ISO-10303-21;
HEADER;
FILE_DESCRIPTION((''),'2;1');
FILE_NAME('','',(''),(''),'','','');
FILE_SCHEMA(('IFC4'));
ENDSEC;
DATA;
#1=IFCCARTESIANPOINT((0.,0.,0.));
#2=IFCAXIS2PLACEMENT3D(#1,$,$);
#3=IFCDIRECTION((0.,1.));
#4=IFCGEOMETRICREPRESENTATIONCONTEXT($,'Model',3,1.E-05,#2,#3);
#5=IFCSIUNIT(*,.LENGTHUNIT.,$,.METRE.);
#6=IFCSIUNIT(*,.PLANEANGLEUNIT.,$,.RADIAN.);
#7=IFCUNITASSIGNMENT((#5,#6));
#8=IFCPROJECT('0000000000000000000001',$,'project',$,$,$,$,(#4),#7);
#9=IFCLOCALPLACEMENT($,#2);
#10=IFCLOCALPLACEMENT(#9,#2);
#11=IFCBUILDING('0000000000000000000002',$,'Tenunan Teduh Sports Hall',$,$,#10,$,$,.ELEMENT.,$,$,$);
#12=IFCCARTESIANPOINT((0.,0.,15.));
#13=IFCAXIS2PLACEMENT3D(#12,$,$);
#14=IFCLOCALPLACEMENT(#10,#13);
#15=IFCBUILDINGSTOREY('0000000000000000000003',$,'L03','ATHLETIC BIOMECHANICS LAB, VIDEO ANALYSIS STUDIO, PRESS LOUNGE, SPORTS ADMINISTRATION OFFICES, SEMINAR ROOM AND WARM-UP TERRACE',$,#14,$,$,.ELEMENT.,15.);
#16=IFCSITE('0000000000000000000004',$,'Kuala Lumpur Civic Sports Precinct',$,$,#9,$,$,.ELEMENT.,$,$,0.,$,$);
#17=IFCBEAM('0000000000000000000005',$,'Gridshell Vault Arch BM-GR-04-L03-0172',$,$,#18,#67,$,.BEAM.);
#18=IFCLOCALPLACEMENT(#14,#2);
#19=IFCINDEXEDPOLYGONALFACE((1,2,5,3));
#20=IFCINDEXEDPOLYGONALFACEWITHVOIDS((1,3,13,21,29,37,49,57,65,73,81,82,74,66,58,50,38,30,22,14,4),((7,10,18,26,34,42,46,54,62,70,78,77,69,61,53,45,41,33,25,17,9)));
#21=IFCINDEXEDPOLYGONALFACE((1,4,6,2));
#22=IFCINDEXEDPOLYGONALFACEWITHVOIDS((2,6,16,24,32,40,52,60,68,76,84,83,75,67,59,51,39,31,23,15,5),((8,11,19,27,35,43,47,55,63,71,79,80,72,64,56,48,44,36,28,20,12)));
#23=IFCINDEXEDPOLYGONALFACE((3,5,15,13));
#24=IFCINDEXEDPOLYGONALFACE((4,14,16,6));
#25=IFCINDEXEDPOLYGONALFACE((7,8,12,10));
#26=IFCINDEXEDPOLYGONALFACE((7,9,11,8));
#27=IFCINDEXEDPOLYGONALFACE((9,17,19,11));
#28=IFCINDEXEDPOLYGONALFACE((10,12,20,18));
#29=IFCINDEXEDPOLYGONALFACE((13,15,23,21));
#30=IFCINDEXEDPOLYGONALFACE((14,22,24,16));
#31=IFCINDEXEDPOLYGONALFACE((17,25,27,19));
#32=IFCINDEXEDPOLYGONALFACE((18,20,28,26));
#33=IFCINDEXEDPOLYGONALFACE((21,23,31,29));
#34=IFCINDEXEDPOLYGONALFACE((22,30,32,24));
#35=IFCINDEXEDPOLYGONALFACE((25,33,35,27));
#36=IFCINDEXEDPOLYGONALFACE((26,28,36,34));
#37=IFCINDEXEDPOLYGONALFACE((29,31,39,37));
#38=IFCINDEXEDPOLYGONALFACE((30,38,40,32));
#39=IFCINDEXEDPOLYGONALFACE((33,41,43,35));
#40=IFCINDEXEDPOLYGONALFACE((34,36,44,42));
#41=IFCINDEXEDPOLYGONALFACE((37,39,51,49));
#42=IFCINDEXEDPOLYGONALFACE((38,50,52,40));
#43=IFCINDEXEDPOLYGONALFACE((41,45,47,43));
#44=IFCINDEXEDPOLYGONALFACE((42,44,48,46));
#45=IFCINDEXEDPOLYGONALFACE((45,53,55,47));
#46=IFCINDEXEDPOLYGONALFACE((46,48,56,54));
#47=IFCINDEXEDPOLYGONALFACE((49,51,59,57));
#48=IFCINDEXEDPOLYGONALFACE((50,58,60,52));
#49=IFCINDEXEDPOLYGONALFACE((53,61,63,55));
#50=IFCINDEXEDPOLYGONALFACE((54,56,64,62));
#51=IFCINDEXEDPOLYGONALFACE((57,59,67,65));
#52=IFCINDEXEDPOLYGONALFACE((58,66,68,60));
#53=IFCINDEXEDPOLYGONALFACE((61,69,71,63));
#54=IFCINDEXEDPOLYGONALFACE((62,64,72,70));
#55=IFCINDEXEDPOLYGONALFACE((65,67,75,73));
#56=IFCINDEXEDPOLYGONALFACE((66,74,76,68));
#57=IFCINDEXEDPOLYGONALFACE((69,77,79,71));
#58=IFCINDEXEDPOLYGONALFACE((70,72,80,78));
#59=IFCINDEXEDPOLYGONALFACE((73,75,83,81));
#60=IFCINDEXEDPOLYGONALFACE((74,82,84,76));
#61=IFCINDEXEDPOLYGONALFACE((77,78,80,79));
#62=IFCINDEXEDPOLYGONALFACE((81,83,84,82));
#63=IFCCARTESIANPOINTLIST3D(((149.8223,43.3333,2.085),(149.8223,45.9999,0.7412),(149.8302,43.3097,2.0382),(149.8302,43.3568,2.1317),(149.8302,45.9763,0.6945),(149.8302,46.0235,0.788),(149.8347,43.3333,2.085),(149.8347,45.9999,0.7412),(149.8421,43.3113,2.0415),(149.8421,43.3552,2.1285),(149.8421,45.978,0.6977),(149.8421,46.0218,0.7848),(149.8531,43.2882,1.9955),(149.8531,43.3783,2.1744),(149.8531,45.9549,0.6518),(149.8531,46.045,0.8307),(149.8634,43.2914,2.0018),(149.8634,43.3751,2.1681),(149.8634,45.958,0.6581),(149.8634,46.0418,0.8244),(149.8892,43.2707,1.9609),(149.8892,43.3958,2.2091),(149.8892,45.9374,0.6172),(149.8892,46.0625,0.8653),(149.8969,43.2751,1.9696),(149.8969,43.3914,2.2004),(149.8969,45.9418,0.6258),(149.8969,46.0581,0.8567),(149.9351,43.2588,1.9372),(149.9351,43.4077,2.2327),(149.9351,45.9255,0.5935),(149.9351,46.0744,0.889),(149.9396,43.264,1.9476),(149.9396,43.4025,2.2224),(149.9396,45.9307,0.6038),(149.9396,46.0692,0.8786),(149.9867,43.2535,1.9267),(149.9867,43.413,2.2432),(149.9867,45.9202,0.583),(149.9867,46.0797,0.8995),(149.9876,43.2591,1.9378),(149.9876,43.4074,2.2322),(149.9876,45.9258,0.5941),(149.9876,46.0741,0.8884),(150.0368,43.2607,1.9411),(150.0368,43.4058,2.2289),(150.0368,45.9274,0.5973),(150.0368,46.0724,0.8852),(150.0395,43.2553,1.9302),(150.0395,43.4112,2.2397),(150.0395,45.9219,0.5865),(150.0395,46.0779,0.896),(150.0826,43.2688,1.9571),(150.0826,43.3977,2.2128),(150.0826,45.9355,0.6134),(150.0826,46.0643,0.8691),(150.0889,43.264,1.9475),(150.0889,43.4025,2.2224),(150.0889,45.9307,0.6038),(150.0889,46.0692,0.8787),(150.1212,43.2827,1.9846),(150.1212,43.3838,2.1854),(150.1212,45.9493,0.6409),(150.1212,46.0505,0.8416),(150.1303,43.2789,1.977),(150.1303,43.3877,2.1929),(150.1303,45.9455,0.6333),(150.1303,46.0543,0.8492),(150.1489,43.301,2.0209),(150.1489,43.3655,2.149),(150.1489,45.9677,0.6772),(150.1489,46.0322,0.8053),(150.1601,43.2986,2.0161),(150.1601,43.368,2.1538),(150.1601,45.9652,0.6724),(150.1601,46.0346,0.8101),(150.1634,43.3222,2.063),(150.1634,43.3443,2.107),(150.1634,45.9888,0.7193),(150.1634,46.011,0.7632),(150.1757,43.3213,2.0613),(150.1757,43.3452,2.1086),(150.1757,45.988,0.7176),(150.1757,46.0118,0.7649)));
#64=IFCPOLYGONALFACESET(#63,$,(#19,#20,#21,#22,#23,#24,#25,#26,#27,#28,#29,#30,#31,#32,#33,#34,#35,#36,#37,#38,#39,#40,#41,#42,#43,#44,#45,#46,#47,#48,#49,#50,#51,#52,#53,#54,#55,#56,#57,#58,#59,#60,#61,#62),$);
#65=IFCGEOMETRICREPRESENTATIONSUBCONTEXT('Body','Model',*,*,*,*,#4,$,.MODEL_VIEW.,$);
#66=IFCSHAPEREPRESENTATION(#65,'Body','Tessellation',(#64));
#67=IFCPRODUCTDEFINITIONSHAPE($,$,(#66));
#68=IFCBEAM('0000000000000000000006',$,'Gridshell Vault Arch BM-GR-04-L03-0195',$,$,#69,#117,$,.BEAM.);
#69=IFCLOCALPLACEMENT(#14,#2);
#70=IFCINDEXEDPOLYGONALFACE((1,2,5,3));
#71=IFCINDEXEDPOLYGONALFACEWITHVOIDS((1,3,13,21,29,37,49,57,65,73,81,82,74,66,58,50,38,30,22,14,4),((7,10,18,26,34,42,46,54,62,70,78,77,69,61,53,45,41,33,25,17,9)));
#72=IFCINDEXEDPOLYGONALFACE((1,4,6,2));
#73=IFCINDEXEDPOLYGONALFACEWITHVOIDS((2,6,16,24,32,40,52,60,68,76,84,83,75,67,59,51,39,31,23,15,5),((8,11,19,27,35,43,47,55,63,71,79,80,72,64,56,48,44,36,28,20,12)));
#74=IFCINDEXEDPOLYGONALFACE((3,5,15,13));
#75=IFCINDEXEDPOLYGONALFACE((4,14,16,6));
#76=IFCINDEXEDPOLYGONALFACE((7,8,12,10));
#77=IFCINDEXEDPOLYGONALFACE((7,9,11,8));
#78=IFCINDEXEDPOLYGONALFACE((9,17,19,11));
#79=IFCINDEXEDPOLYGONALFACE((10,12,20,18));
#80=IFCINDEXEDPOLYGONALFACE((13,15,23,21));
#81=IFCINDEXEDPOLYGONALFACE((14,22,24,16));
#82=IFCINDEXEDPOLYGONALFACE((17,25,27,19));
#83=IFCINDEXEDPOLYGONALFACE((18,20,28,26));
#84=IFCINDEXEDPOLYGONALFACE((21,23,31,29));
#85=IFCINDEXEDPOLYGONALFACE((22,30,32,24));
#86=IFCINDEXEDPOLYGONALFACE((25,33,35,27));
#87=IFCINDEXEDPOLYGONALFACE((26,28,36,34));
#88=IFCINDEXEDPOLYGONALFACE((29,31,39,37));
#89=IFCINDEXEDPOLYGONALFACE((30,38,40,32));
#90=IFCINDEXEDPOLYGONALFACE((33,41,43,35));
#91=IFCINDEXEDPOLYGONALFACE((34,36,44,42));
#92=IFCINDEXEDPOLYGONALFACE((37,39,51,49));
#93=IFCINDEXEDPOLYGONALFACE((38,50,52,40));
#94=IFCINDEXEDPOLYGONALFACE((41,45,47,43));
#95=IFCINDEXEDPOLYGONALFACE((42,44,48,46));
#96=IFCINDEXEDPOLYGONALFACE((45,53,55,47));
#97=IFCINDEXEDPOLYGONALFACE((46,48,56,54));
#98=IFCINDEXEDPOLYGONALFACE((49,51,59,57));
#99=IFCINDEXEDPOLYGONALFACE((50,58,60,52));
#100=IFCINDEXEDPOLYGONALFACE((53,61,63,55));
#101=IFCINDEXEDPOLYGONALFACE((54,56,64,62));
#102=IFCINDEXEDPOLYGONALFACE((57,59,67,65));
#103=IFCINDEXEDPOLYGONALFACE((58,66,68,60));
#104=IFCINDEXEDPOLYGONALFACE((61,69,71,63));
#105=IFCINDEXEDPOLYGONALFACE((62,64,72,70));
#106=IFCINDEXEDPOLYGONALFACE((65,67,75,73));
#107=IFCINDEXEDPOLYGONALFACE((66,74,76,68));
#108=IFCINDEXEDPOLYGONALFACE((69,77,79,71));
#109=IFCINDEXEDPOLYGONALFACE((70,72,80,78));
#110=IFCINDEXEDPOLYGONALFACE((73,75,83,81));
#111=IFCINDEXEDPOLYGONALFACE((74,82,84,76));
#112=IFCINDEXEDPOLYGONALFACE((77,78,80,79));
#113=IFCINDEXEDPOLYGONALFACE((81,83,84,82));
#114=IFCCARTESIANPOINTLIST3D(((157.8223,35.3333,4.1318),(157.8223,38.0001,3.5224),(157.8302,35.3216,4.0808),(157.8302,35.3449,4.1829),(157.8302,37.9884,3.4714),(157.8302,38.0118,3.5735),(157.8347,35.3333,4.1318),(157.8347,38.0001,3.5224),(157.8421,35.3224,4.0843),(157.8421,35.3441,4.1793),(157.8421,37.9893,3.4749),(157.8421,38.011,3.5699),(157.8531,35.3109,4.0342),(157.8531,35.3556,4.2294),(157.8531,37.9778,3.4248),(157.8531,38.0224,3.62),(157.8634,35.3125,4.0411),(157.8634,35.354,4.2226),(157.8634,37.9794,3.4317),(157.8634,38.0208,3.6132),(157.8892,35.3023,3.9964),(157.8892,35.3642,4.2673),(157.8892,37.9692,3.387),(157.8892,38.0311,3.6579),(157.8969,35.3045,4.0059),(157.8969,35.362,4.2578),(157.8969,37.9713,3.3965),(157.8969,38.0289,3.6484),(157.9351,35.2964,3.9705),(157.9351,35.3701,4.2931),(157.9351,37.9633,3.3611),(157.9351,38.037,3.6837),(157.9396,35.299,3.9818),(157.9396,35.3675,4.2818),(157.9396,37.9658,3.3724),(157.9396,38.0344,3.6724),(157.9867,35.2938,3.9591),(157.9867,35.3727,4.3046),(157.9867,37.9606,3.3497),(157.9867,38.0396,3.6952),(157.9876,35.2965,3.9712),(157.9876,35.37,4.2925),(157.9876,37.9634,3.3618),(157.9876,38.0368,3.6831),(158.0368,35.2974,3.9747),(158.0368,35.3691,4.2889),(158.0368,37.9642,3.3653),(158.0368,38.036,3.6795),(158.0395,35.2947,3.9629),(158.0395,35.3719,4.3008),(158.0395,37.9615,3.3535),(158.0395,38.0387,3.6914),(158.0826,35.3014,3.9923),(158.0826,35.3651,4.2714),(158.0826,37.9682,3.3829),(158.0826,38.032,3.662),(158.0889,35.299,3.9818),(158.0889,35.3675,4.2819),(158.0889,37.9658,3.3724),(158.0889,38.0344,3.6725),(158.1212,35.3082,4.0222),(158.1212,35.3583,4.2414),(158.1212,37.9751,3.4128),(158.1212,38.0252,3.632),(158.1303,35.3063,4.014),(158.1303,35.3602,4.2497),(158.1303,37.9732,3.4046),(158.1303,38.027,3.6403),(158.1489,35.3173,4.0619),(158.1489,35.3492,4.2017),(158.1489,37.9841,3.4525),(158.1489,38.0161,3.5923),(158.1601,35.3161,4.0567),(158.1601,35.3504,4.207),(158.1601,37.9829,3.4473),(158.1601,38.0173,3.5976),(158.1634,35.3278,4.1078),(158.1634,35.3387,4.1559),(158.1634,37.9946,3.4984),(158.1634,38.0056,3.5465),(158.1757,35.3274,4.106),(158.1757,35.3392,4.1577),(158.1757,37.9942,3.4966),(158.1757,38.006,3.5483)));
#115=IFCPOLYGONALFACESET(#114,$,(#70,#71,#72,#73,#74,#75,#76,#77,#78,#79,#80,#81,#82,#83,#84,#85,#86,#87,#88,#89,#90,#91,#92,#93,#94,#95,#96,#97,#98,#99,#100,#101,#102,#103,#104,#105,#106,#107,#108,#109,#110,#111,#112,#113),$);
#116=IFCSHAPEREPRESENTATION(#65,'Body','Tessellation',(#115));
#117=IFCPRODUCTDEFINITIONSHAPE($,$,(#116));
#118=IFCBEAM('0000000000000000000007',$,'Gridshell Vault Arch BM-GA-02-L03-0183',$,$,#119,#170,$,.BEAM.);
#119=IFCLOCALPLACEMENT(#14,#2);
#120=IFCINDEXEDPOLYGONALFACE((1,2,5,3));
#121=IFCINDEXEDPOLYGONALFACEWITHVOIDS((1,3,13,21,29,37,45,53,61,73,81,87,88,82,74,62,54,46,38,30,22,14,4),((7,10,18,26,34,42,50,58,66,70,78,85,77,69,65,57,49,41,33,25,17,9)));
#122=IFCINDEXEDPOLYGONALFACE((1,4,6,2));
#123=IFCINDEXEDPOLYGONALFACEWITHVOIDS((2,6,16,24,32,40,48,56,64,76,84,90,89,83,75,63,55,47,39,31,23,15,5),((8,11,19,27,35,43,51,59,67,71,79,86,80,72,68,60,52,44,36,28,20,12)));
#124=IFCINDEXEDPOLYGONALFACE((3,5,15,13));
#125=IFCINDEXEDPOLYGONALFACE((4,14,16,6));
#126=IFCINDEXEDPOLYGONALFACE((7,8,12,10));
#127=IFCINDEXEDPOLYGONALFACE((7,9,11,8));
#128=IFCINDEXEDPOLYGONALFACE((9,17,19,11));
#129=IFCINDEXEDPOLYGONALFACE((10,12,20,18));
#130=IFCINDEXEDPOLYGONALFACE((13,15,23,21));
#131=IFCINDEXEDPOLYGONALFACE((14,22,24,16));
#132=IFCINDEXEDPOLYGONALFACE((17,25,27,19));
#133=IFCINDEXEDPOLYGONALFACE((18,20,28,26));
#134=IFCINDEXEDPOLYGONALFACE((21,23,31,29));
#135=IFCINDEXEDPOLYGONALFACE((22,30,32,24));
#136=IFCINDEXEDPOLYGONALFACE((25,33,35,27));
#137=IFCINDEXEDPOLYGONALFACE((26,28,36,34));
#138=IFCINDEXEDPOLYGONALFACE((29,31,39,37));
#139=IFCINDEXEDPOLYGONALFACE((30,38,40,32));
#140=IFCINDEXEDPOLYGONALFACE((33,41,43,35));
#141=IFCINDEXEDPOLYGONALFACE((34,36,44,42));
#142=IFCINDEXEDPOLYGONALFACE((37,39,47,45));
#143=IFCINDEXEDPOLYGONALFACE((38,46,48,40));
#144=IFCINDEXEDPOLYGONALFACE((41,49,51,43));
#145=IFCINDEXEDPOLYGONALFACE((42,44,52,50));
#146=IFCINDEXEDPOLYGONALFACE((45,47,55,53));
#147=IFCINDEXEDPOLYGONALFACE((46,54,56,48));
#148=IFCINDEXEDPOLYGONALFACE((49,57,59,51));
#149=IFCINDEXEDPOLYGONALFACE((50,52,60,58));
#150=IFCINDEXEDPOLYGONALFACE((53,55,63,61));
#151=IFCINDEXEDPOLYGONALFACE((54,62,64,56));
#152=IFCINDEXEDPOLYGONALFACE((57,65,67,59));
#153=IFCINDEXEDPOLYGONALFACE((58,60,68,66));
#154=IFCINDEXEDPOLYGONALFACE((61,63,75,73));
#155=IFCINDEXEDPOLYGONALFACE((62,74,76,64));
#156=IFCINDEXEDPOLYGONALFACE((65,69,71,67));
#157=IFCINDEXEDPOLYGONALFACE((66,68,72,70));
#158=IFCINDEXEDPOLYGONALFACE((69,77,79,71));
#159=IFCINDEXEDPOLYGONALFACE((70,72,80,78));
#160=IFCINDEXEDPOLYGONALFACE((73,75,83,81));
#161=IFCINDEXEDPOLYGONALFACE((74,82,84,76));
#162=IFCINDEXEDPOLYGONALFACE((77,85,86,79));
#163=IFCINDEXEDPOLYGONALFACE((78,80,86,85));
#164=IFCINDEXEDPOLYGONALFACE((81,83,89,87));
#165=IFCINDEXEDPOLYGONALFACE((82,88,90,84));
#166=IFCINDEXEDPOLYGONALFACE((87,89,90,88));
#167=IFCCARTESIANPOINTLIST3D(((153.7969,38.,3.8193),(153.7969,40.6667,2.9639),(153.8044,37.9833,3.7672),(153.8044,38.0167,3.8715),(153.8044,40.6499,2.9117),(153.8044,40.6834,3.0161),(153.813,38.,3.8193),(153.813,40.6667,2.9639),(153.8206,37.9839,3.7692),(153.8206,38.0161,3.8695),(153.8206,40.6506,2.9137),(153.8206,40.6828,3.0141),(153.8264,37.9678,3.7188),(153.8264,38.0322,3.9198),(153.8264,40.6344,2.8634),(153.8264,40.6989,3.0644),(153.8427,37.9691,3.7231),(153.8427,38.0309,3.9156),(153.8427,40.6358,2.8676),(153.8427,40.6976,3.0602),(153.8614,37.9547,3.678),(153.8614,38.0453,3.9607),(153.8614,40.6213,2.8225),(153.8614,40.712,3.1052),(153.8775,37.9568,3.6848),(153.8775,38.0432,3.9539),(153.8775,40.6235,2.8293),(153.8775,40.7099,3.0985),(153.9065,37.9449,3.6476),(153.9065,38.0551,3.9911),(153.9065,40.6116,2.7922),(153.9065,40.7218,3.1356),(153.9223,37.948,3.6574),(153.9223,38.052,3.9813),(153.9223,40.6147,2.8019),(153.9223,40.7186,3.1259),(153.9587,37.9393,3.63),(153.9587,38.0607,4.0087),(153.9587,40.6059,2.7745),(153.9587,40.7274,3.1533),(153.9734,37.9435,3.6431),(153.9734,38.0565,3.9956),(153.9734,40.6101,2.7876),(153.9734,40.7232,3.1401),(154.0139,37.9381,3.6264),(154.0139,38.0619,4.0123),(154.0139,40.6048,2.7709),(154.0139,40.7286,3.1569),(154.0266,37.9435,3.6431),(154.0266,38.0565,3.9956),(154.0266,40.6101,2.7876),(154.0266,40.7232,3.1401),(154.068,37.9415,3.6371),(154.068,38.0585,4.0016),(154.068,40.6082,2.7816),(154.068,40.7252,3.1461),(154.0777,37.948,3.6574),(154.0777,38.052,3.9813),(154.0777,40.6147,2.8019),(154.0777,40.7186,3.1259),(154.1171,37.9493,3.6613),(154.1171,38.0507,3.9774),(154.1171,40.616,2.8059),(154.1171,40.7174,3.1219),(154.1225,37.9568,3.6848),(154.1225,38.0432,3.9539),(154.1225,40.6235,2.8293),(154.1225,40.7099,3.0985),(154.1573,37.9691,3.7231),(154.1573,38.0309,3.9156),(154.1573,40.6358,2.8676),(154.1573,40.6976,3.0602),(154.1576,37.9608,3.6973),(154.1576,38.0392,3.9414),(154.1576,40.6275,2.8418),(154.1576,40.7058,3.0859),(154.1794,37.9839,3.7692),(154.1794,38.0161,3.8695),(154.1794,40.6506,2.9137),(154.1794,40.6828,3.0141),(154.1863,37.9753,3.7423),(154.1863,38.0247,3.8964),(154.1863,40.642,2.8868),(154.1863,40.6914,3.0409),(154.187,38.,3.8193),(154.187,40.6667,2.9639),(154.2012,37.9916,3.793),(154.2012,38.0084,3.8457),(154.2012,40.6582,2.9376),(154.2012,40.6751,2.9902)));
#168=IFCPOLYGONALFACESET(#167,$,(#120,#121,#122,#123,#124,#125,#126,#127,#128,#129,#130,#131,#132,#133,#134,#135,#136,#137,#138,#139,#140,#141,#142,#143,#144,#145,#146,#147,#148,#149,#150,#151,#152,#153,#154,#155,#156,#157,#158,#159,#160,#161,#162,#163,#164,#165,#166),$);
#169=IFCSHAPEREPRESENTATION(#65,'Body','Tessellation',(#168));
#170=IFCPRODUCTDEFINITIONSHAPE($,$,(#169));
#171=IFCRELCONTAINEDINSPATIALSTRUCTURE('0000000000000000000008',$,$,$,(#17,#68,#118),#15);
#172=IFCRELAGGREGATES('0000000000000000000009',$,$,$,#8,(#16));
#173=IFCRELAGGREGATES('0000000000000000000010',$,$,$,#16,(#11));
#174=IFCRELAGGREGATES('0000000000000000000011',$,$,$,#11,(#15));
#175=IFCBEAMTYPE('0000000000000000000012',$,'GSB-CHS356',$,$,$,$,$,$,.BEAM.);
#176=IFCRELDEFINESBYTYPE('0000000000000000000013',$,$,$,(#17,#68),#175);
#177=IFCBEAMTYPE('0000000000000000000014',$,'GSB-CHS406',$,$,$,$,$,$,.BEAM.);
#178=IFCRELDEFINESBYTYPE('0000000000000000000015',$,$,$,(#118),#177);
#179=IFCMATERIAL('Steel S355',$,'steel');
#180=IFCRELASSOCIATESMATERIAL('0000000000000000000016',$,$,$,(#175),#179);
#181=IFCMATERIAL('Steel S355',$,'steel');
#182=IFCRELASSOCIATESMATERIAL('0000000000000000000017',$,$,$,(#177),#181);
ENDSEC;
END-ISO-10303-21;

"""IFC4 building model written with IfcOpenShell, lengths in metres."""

from ifc_helpers import new_model, si_unit, direction, frame, origin, origin_2d, place, context, subcontext, project, spatial, hollow_circle, extrude, material, material_profile, profile_set, type_object, element, save


model = new_model("IFC4")

# Units and contexts
model_context = context("Model", 3, precision=1e-05, world=origin(), true_north=direction((0.0, 1.0)))
body_context = subcontext(model_context, "Body", "Model", "MODEL_VIEW")
ifc_project = project(units=[si_unit("LENGTHUNIT", "METRE"), si_unit("PLANEANGLEUNIT", "RADIAN")], contexts=[model_context])

# Site, building, storey
site_placement = place(None, origin())
site = spatial("IfcSite", under=ifc_project, at=site_placement, Name="Kuala Lumpur Civic Sports Precinct", CompositionType="ELEMENT", RefElevation=0.0)
building_placement = place(site_placement, origin())
building = spatial("IfcBuilding", under=site, at=building_placement, Name="Tenunan Teduh Sports Hall", CompositionType="ELEMENT")
storey_placement = place(building_placement, frame((0.0, 0.0, 15.0)))
storey = spatial("IfcBuildingStorey", under=building, at=storey_placement, Name="L03", Description="ATHLETIC BIOMECHANICS LAB, VIDEO ANALYSIS STUDIO, PRESS LOUNGE, SPORTS ADMINISTRATION OFFICES, SEMINAR ROOM AND WARM-UP TERRACE", CompositionType="ELEMENT", Elevation=15.0)

# Beams
ifc_material_1 = material(Name="Steel S355", Category="steel")
ifc_material_profile_1 = material_profile(ifc_material_1, hollow_circle(Radius=0.1777, WallThickness=0.0125, at=origin_2d()), Name="CHS 355.6x12.5")
ifc_profile_set_1 = profile_set([ifc_material_profile_1], Name="Steel S355")
beam_type_1 = type_object("IfcBeamType", Name="GSB-CHS356", PredefinedType="BEAM", material=ifc_profile_set_1)
beam_1_placement = place(storey_placement, frame((150.0, 43.3333, 2.085), z_axis=(0.0, 0.893033, -0.449991), x_axis=(-1.0, 0.0, 0.0)))
element("IfcBeam", 1, at=beam_1_placement, inside=storey, type_object=beam_type_1, Name="Gridshell Vault Arch BM-GR-04-L03-0172", PredefinedType="BEAM", context=body_context, shape_type="SweptSolid", body=[
    extrude(hollow_circle(Radius=0.1777, WallThickness=0.0125, at=origin_2d()), origin(), (0.0, 0.0, 1.0), 2.9861),
])
beam_2_placement = place(storey_placement, frame((158.0, 35.3333, 4.1318), z_axis=(0.0, 0.974872, -0.222767), x_axis=(-1.0, 0.0, 0.0)))
element("IfcBeam", 2, at=beam_2_placement, inside=storey, type_object=beam_type_1, Name="Gridshell Vault Arch BM-GR-04-L03-0195", PredefinedType="BEAM", context=body_context, shape_type="SweptSolid", body=[
    extrude(hollow_circle(Radius=0.1777, WallThickness=0.0125, at=origin_2d()), origin(), (0.0, 0.0, 1.0), 2.7356),
])
ifc_material_2 = material(Name="Steel S355", Category="steel")
ifc_material_profile_2 = material_profile(ifc_material_2, hollow_circle(Radius=0.2031, WallThickness=0.0161, at=origin_2d()), Name="CHS 406.4x16.0")
ifc_profile_set_2 = profile_set([ifc_material_profile_2], Name="Steel S355")
beam_type_2 = type_object("IfcBeamType", Name="GSB-CHS406", PredefinedType="BEAM", material=ifc_profile_set_2)
beam_3_placement = place(storey_placement, frame((154.0, 38.0, 3.8193), z_axis=(0.0, 0.952205, -0.305459), x_axis=(-1.0, 0.0, 0.0)))
element("IfcBeam", 3, at=beam_3_placement, inside=storey, type_object=beam_type_2, Name="Gridshell Vault Arch BM-GA-02-L03-0183", PredefinedType="BEAM", context=body_context, shape_type="SweptSolid", body=[
    extrude(hollow_circle(Radius=0.2031, WallThickness=0.0161, at=origin_2d()), origin(), (0.0, 0.0, 1.0), 2.8005),
])

save(model, "model.ifc")
